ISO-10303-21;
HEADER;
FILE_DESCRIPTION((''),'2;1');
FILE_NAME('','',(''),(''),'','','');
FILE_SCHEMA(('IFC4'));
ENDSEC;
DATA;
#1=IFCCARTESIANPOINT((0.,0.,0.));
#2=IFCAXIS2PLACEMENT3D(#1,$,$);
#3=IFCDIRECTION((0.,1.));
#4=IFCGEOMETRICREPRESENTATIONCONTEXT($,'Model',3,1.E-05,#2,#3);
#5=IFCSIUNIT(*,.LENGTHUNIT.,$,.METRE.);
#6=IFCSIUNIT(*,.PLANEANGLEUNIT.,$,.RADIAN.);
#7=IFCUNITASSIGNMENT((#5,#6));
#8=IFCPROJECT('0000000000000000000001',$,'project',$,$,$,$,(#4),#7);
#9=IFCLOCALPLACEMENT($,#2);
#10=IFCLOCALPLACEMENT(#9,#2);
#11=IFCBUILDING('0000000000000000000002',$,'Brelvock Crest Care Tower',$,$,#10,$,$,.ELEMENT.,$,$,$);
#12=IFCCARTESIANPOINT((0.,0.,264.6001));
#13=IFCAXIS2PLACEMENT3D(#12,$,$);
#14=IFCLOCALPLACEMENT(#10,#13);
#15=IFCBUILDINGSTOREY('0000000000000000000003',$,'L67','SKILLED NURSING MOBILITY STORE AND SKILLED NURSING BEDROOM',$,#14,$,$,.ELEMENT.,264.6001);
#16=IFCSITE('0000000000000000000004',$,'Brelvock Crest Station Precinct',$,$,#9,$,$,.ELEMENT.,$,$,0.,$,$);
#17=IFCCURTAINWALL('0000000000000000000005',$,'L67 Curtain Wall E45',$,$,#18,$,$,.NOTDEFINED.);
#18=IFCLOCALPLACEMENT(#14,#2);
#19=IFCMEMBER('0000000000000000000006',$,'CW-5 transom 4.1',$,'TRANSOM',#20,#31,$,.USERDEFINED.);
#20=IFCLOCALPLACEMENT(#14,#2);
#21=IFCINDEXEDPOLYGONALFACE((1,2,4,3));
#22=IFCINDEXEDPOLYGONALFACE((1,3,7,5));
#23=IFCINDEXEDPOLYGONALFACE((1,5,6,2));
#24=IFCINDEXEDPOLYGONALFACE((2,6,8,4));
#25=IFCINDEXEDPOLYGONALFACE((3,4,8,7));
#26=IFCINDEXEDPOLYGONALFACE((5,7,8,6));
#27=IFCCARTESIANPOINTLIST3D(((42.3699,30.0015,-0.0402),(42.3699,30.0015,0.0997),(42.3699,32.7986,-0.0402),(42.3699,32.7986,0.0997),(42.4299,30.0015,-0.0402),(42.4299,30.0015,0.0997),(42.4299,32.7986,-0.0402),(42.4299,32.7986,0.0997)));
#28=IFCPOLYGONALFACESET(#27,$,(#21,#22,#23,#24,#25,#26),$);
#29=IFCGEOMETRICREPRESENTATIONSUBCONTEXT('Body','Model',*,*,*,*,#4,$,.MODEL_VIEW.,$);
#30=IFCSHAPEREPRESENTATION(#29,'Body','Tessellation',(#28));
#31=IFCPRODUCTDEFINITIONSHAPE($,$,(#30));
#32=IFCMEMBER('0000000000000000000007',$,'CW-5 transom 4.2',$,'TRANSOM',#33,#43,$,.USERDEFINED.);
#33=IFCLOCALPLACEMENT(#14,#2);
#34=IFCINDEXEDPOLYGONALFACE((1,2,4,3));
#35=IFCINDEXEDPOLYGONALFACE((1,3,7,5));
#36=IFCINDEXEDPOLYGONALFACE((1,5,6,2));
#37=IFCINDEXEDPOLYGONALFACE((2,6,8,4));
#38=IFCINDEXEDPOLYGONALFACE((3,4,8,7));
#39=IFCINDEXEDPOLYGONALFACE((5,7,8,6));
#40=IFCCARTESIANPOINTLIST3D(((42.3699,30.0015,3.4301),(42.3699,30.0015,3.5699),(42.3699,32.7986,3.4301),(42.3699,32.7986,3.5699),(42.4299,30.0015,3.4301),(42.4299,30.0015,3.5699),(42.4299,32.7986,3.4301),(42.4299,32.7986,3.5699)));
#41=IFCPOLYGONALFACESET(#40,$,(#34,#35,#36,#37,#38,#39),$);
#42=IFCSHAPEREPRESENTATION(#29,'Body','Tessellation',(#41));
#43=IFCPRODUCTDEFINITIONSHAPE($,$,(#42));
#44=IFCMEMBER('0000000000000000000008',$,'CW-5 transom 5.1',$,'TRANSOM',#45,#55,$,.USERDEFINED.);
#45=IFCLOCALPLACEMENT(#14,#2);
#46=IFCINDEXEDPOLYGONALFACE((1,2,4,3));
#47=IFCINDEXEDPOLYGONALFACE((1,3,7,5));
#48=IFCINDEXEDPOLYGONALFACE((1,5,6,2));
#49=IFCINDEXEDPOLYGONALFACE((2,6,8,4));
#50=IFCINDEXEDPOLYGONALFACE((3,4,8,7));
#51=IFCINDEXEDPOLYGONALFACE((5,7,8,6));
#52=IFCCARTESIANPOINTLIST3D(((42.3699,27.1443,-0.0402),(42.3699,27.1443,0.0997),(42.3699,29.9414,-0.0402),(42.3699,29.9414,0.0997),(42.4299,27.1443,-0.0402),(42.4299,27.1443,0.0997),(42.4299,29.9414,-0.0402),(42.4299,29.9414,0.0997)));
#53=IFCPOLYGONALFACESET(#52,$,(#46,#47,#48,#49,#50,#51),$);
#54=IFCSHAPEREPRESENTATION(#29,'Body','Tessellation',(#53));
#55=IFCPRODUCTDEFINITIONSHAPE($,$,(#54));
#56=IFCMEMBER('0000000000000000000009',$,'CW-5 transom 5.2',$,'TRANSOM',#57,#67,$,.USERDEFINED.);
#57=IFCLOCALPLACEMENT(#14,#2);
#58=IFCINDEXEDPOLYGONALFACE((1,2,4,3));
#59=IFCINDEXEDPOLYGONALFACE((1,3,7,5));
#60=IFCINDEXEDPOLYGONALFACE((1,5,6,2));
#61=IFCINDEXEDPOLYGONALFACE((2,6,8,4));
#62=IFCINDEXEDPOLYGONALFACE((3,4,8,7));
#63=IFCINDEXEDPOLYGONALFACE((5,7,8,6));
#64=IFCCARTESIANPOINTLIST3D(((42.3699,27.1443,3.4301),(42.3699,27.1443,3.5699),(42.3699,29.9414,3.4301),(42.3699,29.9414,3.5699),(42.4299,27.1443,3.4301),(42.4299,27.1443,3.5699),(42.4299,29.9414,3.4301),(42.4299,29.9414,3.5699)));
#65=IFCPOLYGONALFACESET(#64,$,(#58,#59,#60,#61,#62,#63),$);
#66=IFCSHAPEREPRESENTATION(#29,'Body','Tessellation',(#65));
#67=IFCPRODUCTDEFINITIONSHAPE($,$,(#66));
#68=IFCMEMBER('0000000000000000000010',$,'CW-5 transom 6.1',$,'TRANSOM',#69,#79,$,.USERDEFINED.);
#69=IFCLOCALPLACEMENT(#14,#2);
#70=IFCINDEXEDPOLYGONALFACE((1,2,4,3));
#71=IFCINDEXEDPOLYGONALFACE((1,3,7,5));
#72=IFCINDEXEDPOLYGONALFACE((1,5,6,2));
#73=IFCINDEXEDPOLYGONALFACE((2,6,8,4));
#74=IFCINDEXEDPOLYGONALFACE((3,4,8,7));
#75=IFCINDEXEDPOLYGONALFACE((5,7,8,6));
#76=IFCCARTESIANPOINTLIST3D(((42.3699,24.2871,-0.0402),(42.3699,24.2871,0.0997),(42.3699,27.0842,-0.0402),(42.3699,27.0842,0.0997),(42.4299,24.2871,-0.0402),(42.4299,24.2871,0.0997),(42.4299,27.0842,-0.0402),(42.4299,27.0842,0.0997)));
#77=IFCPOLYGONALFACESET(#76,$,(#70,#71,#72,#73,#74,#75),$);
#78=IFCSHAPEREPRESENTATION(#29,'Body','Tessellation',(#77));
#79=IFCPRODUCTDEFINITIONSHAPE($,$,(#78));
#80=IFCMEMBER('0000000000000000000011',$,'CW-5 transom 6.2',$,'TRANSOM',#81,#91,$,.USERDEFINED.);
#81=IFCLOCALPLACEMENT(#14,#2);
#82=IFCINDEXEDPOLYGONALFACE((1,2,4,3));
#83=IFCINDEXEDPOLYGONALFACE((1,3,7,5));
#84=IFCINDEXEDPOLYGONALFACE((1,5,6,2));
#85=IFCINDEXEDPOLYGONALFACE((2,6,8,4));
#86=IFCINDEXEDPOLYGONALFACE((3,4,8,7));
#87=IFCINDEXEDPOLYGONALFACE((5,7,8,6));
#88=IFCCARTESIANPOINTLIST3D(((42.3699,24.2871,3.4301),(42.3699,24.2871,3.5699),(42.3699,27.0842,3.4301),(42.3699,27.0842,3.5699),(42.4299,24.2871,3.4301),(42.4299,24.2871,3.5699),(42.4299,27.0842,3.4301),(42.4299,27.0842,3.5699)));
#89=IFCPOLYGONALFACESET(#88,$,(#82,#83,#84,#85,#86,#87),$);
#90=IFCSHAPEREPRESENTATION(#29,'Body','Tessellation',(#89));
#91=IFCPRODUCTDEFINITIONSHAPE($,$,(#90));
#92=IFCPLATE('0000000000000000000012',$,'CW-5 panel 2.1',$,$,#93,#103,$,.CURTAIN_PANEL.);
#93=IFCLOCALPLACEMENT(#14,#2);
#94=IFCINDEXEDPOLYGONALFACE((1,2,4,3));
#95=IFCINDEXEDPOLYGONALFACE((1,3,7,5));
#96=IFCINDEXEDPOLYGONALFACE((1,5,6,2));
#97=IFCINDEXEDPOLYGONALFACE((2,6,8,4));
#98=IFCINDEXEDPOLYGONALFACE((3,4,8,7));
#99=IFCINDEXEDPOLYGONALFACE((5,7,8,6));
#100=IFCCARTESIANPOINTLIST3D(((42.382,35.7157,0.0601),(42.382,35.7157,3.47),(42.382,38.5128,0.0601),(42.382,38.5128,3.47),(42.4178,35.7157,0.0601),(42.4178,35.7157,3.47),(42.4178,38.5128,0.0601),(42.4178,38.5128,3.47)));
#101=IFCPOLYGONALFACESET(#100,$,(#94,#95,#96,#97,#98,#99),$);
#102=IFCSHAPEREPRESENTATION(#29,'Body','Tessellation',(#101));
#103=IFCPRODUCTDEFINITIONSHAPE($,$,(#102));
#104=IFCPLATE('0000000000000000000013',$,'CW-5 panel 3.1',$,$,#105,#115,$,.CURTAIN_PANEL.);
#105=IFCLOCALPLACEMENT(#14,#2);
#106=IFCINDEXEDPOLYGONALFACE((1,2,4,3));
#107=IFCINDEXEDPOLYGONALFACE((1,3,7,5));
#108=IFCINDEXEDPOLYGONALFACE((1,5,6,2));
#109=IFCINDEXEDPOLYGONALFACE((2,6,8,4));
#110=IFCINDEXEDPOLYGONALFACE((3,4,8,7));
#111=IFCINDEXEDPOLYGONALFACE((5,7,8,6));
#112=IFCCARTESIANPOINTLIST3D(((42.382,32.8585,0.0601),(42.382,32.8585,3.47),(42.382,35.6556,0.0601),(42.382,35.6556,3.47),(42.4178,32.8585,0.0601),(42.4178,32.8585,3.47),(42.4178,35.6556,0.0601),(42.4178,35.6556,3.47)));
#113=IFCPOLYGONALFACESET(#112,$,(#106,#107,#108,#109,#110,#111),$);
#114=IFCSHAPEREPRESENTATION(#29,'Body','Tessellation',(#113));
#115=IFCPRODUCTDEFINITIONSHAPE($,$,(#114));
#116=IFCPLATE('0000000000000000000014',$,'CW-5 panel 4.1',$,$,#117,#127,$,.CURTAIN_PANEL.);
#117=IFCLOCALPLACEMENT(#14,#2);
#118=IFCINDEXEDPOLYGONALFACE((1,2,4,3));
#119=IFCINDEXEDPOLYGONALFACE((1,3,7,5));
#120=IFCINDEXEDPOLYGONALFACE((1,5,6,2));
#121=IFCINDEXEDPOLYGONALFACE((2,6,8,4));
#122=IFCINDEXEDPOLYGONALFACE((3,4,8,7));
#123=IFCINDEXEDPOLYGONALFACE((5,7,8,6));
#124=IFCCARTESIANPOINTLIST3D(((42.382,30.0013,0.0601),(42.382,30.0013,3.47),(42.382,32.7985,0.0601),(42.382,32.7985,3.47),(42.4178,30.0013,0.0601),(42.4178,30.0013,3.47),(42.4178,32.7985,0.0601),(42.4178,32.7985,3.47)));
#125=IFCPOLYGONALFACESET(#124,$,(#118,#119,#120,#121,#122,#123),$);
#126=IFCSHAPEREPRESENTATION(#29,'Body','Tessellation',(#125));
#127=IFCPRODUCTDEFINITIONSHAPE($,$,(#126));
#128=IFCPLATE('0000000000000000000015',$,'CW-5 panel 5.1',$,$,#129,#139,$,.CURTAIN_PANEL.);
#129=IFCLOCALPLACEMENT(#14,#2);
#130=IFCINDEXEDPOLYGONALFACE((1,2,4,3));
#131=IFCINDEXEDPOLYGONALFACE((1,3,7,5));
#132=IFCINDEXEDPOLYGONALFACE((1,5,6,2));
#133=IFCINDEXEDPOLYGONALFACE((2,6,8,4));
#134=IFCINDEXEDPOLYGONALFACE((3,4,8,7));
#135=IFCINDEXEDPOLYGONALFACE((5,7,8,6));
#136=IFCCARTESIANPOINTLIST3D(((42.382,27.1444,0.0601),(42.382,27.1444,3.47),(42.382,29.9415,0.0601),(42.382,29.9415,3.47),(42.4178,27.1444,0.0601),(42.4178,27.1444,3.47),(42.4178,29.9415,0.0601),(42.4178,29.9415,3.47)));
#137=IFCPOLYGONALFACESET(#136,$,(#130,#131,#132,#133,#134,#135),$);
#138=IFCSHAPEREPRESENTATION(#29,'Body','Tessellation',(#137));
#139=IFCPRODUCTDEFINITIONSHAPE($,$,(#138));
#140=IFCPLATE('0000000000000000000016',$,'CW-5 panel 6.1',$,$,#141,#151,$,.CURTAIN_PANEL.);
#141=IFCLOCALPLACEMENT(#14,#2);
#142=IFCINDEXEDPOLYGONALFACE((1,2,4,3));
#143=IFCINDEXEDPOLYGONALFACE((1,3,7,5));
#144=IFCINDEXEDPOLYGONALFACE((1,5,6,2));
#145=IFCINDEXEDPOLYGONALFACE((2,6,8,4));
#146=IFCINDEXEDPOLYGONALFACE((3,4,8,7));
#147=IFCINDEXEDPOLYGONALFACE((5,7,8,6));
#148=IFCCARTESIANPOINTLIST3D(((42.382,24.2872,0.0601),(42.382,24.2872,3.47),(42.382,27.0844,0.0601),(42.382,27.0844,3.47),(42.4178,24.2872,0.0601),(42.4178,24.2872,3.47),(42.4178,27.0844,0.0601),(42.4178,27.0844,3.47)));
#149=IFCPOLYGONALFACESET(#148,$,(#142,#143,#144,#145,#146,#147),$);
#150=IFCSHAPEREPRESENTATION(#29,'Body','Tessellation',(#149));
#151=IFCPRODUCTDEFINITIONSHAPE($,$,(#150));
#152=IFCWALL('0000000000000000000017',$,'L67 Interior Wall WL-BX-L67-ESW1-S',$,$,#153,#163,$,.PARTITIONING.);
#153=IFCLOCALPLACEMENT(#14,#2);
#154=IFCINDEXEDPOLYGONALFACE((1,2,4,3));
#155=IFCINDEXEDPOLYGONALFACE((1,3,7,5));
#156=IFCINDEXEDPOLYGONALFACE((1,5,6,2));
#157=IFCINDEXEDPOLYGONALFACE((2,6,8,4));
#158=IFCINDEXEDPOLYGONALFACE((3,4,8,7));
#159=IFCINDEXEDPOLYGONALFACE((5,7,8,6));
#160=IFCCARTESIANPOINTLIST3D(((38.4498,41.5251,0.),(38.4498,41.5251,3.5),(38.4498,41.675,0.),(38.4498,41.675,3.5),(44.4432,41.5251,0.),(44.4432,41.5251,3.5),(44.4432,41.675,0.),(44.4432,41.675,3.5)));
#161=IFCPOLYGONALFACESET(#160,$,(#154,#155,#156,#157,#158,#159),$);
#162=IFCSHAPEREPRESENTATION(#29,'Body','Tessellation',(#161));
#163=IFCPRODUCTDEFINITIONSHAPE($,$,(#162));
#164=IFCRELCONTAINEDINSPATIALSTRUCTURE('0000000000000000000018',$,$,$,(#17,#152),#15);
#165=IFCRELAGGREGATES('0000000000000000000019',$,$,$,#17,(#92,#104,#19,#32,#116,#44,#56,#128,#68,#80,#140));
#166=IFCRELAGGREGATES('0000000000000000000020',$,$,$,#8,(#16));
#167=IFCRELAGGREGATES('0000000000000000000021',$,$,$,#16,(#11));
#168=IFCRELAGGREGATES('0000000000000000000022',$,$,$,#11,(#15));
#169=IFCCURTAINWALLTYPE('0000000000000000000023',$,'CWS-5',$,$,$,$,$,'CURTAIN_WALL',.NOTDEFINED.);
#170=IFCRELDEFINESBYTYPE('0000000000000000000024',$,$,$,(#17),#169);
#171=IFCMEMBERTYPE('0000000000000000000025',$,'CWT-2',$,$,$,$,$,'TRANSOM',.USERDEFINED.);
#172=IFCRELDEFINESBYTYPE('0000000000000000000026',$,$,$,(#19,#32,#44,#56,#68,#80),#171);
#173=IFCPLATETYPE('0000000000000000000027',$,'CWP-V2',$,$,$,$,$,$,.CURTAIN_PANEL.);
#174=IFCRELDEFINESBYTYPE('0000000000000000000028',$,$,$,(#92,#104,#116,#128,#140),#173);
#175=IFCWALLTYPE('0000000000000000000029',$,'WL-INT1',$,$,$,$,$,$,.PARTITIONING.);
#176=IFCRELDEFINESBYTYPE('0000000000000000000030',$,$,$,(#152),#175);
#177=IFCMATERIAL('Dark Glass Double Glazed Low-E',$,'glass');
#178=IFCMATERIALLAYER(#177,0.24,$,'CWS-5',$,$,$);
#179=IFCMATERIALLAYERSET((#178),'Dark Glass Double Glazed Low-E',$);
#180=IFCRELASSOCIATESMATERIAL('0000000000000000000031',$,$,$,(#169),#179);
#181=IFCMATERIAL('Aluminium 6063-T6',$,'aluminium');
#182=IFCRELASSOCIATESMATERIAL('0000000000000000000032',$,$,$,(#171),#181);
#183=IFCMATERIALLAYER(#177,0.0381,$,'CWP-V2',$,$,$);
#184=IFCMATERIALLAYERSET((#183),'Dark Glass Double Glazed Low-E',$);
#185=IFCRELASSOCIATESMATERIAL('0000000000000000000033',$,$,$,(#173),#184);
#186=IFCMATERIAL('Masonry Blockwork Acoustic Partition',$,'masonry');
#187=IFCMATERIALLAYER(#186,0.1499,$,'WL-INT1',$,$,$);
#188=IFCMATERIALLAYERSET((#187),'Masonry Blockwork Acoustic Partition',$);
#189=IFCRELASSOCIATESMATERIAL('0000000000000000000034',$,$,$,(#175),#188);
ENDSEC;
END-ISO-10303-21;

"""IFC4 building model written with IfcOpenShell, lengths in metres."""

from ifc_helpers import new_model, si_unit, direction, frame, frame_2d, origin, origin_2d, place, context, subcontext, project, spatial, rectangle, extrude, source, transform, mapped, material, layer, layer_set, material_profile, profile_set, type_object, element, aggregate, save


model = new_model("IFC4")

# Units and contexts
model_context = context("Model", 3, precision=1e-05, world=origin(), true_north=direction((0.0, 1.0)))
body_context = subcontext(model_context, "Body", "Model", "MODEL_VIEW")
ifc_project = project(units=[si_unit("LENGTHUNIT", "METRE"), si_unit("PLANEANGLEUNIT", "RADIAN")], contexts=[model_context])

# Site, building, storey
site_placement = place(None, origin())
site = spatial("IfcSite", under=ifc_project, at=site_placement, Name="Brelvock Crest Station Precinct", CompositionType="ELEMENT", RefElevation=0.0)
building_placement = place(site_placement, origin())
building = spatial("IfcBuilding", under=site, at=building_placement, Name="Brelvock Crest Care Tower", CompositionType="ELEMENT")
storey_placement = place(building_placement, frame((0.0, 0.0, 264.6001)))
storey = spatial("IfcBuildingStorey", under=building, at=storey_placement, Name="L67", Description="SKILLED NURSING MOBILITY STORE AND SKILLED NURSING BEDROOM", CompositionType="ELEMENT", Elevation=264.6001)

# Curtain wall, members, plates
ifc_material_1 = material(Name="Dark Glass Double Glazed Low-E", Category="glass")
ifc_layer_1 = layer(ifc_material_1, 0.24, Name="CWS-5")
ifc_layer_set_1 = layer_set([ifc_layer_1], Name="Dark Glass Double Glazed Low-E")
curtain_wall_type = type_object("IfcCurtainWallType", Name="CWS-5", ElementType="CURTAIN_WALL", PredefinedType="NOTDEFINED", material=ifc_layer_set_1)
curtain_wall_placement = place(storey_placement, origin())
curtain_wall = element("IfcCurtainWall", 1, at=curtain_wall_placement, inside=storey, type_object=curtain_wall_type, Name="L67 Curtain Wall E45", PredefinedType="NOTDEFINED")
ifc_material_2 = material(Name="Aluminium 6063-T6", Category="aluminium")
ifc_material_profile_1 = material_profile(ifc_material_2, rectangle(XDim=0.0601, YDim=0.1399, at=origin_2d()), Name="ALU60x140")
ifc_profile_set_1 = profile_set([ifc_material_profile_1], Name="Aluminium 6063-T6")
member_type_1 = type_object("IfcMemberType", Name="CWT-2", ElementType="TRANSOM", PredefinedType="USERDEFINED", material=ifc_profile_set_1)
shared_shape_1 = source(origin(), body_context, "Body", "SweptSolid", [
    extrude(rectangle(XDim=0.0601, YDim=0.1399, at=origin_2d()), origin(), (0.0, 0.0, 1.0), 2.7971),
])
member_1_placement = place(storey_placement, frame((42.3999, 32.7986, 0.0298), z_axis=(0.0, -1.0, 0.0), x_axis=(1.0, 0.0, 0.0)))
member_1 = element("IfcMember", 2, at=member_1_placement, type_object=member_type_1, Name="CW-5 transom 4.1", ObjectType="TRANSOM", PredefinedType="USERDEFINED", context=body_context, shape_type="MappedRepresentation", body=[
    mapped(shared_shape_1, transform((0.0, 0.0, 0.0), x_axis=(1.0, 0.0, 0.0), y_axis=(0.0, 1.0, 0.0), z_axis=(0.0, 0.0, 1.0), scale=1.0)),
])
member_2_placement = place(storey_placement, frame((42.3999, 32.7986, 3.5), z_axis=(0.0, -1.0, 0.0), x_axis=(1.0, 0.0, 0.0)))
member_2 = element("IfcMember", 3, at=member_2_placement, type_object=member_type_1, Name="CW-5 transom 4.2", ObjectType="TRANSOM", PredefinedType="USERDEFINED", context=body_context, shape_type="MappedRepresentation", body=[
    mapped(shared_shape_1, transform((0.0, 0.0, 0.0), x_axis=(1.0, 0.0, 0.0), y_axis=(0.0, 1.0, 0.0), z_axis=(0.0, 0.0, 1.0), scale=1.0)),
])
member_3_placement = place(storey_placement, frame((42.3999, 29.9414, 0.0298), z_axis=(0.0, -1.0, 0.0), x_axis=(1.0, 0.0, 0.0)))
member_3 = element("IfcMember", 4, at=member_3_placement, type_object=member_type_1, Name="CW-5 transom 5.1", ObjectType="TRANSOM", PredefinedType="USERDEFINED", context=body_context, shape_type="MappedRepresentation", body=[
    mapped(shared_shape_1, transform((0.0, 0.0, 0.0), x_axis=(1.0, 0.0, 0.0), y_axis=(0.0, 1.0, 0.0), z_axis=(0.0, 0.0, 1.0), scale=1.0)),
])
member_4_placement = place(storey_placement, frame((42.3999, 29.9414, 3.5), z_axis=(0.0, -1.0, 0.0), x_axis=(1.0, 0.0, 0.0)))
member_4 = element("IfcMember", 5, at=member_4_placement, type_object=member_type_1, Name="CW-5 transom 5.2", ObjectType="TRANSOM", PredefinedType="USERDEFINED", context=body_context, shape_type="MappedRepresentation", body=[
    mapped(shared_shape_1, transform((0.0, 0.0, 0.0), x_axis=(1.0, 0.0, 0.0), y_axis=(0.0, 1.0, 0.0), z_axis=(0.0, 0.0, 1.0), scale=1.0)),
])
member_5_placement = place(storey_placement, frame((42.3999, 27.0842, 0.0298), z_axis=(0.0, -1.0, 0.0), x_axis=(1.0, 0.0, 0.0)))
member_5 = element("IfcMember", 6, at=member_5_placement, type_object=member_type_1, Name="CW-5 transom 6.1", ObjectType="TRANSOM", PredefinedType="USERDEFINED", context=body_context, shape_type="MappedRepresentation", body=[
    mapped(shared_shape_1, transform((0.0, 0.0, 0.0), x_axis=(1.0, 0.0, 0.0), y_axis=(0.0, 1.0, 0.0), z_axis=(0.0, 0.0, 1.0), scale=1.0)),
])
member_6_placement = place(storey_placement, frame((42.3999, 27.0842, 3.5), z_axis=(0.0, -1.0, 0.0), x_axis=(1.0, 0.0, 0.0)))
member_6 = element("IfcMember", 7, at=member_6_placement, type_object=member_type_1, Name="CW-5 transom 6.2", ObjectType="TRANSOM", PredefinedType="USERDEFINED", context=body_context, shape_type="MappedRepresentation", body=[
    mapped(shared_shape_1, transform((0.0, 0.0, 0.0), x_axis=(1.0, 0.0, 0.0), y_axis=(0.0, 1.0, 0.0), z_axis=(0.0, 0.0, 1.0), scale=1.0)),
])
ifc_layer_2 = layer(ifc_material_1, 0.0381, Name="CWP-V2")
ifc_layer_set_2 = layer_set([ifc_layer_2], Name="Dark Glass Double Glazed Low-E")
plate_type = type_object("IfcPlateType", Name="CWP-V2", PredefinedType="CURTAIN_PANEL", material=ifc_layer_set_2)
shared_shape_2 = source(origin(), body_context, "Body", "SweptSolid", [
    extrude(rectangle(XDim=2.7971, YDim=0.0359, at=origin_2d()), origin(), (0.0, 0.0, 1.0), 3.4099),
])
plate_1_placement = place(storey_placement, frame((42.3999, 37.1143, 0.0601), z_axis=(0.0, 0.0, 1.0), x_axis=(0.0, -1.0, 0.0)))
plate_1 = element("IfcPlate", 8, at=plate_1_placement, type_object=plate_type, Name="CW-5 panel 2.1", PredefinedType="CURTAIN_PANEL", context=body_context, shape_type="MappedRepresentation", body=[
    mapped(shared_shape_2, transform((0.0, 0.0, 0.0), x_axis=(1.0, 0.0, 0.0), y_axis=(0.0, 1.0, 0.0), z_axis=(0.0, 0.0, 1.0), scale=1.0)),
])
plate_2_placement = place(storey_placement, frame((42.3999, 34.2571, 0.0601), z_axis=(0.0, 0.0, 1.0), x_axis=(0.0, -1.0, 0.0)))
plate_2 = element("IfcPlate", 9, at=plate_2_placement, type_object=plate_type, Name="CW-5 panel 3.1", PredefinedType="CURTAIN_PANEL", context=body_context, shape_type="MappedRepresentation", body=[
    mapped(shared_shape_2, transform((0.0, 0.0, 0.0), x_axis=(1.0, 0.0, 0.0), y_axis=(0.0, 1.0, 0.0), z_axis=(0.0, 0.0, 1.0), scale=1.0)),
])
plate_3_placement = place(storey_placement, frame((42.3999, 31.3999, 0.0601), z_axis=(0.0, 0.0, 1.0), x_axis=(0.0, -1.0, 0.0)))
plate_3 = element("IfcPlate", 10, at=plate_3_placement, type_object=plate_type, Name="CW-5 panel 4.1", PredefinedType="CURTAIN_PANEL", context=body_context, shape_type="MappedRepresentation", body=[
    mapped(shared_shape_2, transform((0.0, 0.0, 0.0), x_axis=(1.0, 0.0, 0.0), y_axis=(0.0, 1.0, 0.0), z_axis=(0.0, 0.0, 1.0), scale=1.0)),
])
plate_4_placement = place(storey_placement, frame((42.3999, 28.543, 0.0601), z_axis=(0.0, 0.0, 1.0), x_axis=(0.0, -1.0, 0.0)))
plate_4 = element("IfcPlate", 11, at=plate_4_placement, type_object=plate_type, Name="CW-5 panel 5.1", PredefinedType="CURTAIN_PANEL", context=body_context, shape_type="MappedRepresentation", body=[
    mapped(shared_shape_2, transform((0.0, 0.0, 0.0), x_axis=(1.0, 0.0, 0.0), y_axis=(0.0, 1.0, 0.0), z_axis=(0.0, 0.0, 1.0), scale=1.0)),
])
plate_5_placement = place(storey_placement, frame((42.3999, 25.6858, 0.0601), z_axis=(0.0, 0.0, 1.0), x_axis=(0.0, -1.0, 0.0)))
plate_5 = element("IfcPlate", 12, at=plate_5_placement, type_object=plate_type, Name="CW-5 panel 6.1", PredefinedType="CURTAIN_PANEL", context=body_context, shape_type="MappedRepresentation", body=[
    mapped(shared_shape_2, transform((0.0, 0.0, 0.0), x_axis=(1.0, 0.0, 0.0), y_axis=(0.0, 1.0, 0.0), z_axis=(0.0, 0.0, 1.0), scale=1.0)),
])
aggregate(curtain_wall, [plate_1, plate_2, member_1, member_2, plate_3, member_3, member_4, plate_4, member_5, member_6, plate_5])

# Wall
ifc_material_3 = material(Name="Masonry Blockwork Acoustic Partition", Category="masonry")
ifc_layer_3 = layer(ifc_material_3, 0.1499, Name="WL-INT1")
ifc_layer_set_3 = layer_set([ifc_layer_3], Name="Masonry Blockwork Acoustic Partition")
wall_type_1 = type_object("IfcWallType", Name="WL-INT1", PredefinedType="PARTITIONING", material=ifc_layer_set_3)
wall_1_placement = place(storey_placement, frame((38.45, 41.6001, 0.0), z_axis=(0.0, 0.0, 1.0), x_axis=(1.0, 0.0, 0.0)))
element("IfcWall", 13, at=wall_1_placement, inside=storey, type_object=wall_type_1, Name="L67 Interior Wall WL-BX-L67-ESW1-S", PredefinedType="PARTITIONING", context=body_context, shape_type="SweptSolid", body=[
    extrude(rectangle(XDim=5.9934, YDim=0.1499, at=frame_2d((2.9966, 0.0))), origin(), (0.0, 0.0, 1.0), 3.5),
])

save(model, "model.ifc")
